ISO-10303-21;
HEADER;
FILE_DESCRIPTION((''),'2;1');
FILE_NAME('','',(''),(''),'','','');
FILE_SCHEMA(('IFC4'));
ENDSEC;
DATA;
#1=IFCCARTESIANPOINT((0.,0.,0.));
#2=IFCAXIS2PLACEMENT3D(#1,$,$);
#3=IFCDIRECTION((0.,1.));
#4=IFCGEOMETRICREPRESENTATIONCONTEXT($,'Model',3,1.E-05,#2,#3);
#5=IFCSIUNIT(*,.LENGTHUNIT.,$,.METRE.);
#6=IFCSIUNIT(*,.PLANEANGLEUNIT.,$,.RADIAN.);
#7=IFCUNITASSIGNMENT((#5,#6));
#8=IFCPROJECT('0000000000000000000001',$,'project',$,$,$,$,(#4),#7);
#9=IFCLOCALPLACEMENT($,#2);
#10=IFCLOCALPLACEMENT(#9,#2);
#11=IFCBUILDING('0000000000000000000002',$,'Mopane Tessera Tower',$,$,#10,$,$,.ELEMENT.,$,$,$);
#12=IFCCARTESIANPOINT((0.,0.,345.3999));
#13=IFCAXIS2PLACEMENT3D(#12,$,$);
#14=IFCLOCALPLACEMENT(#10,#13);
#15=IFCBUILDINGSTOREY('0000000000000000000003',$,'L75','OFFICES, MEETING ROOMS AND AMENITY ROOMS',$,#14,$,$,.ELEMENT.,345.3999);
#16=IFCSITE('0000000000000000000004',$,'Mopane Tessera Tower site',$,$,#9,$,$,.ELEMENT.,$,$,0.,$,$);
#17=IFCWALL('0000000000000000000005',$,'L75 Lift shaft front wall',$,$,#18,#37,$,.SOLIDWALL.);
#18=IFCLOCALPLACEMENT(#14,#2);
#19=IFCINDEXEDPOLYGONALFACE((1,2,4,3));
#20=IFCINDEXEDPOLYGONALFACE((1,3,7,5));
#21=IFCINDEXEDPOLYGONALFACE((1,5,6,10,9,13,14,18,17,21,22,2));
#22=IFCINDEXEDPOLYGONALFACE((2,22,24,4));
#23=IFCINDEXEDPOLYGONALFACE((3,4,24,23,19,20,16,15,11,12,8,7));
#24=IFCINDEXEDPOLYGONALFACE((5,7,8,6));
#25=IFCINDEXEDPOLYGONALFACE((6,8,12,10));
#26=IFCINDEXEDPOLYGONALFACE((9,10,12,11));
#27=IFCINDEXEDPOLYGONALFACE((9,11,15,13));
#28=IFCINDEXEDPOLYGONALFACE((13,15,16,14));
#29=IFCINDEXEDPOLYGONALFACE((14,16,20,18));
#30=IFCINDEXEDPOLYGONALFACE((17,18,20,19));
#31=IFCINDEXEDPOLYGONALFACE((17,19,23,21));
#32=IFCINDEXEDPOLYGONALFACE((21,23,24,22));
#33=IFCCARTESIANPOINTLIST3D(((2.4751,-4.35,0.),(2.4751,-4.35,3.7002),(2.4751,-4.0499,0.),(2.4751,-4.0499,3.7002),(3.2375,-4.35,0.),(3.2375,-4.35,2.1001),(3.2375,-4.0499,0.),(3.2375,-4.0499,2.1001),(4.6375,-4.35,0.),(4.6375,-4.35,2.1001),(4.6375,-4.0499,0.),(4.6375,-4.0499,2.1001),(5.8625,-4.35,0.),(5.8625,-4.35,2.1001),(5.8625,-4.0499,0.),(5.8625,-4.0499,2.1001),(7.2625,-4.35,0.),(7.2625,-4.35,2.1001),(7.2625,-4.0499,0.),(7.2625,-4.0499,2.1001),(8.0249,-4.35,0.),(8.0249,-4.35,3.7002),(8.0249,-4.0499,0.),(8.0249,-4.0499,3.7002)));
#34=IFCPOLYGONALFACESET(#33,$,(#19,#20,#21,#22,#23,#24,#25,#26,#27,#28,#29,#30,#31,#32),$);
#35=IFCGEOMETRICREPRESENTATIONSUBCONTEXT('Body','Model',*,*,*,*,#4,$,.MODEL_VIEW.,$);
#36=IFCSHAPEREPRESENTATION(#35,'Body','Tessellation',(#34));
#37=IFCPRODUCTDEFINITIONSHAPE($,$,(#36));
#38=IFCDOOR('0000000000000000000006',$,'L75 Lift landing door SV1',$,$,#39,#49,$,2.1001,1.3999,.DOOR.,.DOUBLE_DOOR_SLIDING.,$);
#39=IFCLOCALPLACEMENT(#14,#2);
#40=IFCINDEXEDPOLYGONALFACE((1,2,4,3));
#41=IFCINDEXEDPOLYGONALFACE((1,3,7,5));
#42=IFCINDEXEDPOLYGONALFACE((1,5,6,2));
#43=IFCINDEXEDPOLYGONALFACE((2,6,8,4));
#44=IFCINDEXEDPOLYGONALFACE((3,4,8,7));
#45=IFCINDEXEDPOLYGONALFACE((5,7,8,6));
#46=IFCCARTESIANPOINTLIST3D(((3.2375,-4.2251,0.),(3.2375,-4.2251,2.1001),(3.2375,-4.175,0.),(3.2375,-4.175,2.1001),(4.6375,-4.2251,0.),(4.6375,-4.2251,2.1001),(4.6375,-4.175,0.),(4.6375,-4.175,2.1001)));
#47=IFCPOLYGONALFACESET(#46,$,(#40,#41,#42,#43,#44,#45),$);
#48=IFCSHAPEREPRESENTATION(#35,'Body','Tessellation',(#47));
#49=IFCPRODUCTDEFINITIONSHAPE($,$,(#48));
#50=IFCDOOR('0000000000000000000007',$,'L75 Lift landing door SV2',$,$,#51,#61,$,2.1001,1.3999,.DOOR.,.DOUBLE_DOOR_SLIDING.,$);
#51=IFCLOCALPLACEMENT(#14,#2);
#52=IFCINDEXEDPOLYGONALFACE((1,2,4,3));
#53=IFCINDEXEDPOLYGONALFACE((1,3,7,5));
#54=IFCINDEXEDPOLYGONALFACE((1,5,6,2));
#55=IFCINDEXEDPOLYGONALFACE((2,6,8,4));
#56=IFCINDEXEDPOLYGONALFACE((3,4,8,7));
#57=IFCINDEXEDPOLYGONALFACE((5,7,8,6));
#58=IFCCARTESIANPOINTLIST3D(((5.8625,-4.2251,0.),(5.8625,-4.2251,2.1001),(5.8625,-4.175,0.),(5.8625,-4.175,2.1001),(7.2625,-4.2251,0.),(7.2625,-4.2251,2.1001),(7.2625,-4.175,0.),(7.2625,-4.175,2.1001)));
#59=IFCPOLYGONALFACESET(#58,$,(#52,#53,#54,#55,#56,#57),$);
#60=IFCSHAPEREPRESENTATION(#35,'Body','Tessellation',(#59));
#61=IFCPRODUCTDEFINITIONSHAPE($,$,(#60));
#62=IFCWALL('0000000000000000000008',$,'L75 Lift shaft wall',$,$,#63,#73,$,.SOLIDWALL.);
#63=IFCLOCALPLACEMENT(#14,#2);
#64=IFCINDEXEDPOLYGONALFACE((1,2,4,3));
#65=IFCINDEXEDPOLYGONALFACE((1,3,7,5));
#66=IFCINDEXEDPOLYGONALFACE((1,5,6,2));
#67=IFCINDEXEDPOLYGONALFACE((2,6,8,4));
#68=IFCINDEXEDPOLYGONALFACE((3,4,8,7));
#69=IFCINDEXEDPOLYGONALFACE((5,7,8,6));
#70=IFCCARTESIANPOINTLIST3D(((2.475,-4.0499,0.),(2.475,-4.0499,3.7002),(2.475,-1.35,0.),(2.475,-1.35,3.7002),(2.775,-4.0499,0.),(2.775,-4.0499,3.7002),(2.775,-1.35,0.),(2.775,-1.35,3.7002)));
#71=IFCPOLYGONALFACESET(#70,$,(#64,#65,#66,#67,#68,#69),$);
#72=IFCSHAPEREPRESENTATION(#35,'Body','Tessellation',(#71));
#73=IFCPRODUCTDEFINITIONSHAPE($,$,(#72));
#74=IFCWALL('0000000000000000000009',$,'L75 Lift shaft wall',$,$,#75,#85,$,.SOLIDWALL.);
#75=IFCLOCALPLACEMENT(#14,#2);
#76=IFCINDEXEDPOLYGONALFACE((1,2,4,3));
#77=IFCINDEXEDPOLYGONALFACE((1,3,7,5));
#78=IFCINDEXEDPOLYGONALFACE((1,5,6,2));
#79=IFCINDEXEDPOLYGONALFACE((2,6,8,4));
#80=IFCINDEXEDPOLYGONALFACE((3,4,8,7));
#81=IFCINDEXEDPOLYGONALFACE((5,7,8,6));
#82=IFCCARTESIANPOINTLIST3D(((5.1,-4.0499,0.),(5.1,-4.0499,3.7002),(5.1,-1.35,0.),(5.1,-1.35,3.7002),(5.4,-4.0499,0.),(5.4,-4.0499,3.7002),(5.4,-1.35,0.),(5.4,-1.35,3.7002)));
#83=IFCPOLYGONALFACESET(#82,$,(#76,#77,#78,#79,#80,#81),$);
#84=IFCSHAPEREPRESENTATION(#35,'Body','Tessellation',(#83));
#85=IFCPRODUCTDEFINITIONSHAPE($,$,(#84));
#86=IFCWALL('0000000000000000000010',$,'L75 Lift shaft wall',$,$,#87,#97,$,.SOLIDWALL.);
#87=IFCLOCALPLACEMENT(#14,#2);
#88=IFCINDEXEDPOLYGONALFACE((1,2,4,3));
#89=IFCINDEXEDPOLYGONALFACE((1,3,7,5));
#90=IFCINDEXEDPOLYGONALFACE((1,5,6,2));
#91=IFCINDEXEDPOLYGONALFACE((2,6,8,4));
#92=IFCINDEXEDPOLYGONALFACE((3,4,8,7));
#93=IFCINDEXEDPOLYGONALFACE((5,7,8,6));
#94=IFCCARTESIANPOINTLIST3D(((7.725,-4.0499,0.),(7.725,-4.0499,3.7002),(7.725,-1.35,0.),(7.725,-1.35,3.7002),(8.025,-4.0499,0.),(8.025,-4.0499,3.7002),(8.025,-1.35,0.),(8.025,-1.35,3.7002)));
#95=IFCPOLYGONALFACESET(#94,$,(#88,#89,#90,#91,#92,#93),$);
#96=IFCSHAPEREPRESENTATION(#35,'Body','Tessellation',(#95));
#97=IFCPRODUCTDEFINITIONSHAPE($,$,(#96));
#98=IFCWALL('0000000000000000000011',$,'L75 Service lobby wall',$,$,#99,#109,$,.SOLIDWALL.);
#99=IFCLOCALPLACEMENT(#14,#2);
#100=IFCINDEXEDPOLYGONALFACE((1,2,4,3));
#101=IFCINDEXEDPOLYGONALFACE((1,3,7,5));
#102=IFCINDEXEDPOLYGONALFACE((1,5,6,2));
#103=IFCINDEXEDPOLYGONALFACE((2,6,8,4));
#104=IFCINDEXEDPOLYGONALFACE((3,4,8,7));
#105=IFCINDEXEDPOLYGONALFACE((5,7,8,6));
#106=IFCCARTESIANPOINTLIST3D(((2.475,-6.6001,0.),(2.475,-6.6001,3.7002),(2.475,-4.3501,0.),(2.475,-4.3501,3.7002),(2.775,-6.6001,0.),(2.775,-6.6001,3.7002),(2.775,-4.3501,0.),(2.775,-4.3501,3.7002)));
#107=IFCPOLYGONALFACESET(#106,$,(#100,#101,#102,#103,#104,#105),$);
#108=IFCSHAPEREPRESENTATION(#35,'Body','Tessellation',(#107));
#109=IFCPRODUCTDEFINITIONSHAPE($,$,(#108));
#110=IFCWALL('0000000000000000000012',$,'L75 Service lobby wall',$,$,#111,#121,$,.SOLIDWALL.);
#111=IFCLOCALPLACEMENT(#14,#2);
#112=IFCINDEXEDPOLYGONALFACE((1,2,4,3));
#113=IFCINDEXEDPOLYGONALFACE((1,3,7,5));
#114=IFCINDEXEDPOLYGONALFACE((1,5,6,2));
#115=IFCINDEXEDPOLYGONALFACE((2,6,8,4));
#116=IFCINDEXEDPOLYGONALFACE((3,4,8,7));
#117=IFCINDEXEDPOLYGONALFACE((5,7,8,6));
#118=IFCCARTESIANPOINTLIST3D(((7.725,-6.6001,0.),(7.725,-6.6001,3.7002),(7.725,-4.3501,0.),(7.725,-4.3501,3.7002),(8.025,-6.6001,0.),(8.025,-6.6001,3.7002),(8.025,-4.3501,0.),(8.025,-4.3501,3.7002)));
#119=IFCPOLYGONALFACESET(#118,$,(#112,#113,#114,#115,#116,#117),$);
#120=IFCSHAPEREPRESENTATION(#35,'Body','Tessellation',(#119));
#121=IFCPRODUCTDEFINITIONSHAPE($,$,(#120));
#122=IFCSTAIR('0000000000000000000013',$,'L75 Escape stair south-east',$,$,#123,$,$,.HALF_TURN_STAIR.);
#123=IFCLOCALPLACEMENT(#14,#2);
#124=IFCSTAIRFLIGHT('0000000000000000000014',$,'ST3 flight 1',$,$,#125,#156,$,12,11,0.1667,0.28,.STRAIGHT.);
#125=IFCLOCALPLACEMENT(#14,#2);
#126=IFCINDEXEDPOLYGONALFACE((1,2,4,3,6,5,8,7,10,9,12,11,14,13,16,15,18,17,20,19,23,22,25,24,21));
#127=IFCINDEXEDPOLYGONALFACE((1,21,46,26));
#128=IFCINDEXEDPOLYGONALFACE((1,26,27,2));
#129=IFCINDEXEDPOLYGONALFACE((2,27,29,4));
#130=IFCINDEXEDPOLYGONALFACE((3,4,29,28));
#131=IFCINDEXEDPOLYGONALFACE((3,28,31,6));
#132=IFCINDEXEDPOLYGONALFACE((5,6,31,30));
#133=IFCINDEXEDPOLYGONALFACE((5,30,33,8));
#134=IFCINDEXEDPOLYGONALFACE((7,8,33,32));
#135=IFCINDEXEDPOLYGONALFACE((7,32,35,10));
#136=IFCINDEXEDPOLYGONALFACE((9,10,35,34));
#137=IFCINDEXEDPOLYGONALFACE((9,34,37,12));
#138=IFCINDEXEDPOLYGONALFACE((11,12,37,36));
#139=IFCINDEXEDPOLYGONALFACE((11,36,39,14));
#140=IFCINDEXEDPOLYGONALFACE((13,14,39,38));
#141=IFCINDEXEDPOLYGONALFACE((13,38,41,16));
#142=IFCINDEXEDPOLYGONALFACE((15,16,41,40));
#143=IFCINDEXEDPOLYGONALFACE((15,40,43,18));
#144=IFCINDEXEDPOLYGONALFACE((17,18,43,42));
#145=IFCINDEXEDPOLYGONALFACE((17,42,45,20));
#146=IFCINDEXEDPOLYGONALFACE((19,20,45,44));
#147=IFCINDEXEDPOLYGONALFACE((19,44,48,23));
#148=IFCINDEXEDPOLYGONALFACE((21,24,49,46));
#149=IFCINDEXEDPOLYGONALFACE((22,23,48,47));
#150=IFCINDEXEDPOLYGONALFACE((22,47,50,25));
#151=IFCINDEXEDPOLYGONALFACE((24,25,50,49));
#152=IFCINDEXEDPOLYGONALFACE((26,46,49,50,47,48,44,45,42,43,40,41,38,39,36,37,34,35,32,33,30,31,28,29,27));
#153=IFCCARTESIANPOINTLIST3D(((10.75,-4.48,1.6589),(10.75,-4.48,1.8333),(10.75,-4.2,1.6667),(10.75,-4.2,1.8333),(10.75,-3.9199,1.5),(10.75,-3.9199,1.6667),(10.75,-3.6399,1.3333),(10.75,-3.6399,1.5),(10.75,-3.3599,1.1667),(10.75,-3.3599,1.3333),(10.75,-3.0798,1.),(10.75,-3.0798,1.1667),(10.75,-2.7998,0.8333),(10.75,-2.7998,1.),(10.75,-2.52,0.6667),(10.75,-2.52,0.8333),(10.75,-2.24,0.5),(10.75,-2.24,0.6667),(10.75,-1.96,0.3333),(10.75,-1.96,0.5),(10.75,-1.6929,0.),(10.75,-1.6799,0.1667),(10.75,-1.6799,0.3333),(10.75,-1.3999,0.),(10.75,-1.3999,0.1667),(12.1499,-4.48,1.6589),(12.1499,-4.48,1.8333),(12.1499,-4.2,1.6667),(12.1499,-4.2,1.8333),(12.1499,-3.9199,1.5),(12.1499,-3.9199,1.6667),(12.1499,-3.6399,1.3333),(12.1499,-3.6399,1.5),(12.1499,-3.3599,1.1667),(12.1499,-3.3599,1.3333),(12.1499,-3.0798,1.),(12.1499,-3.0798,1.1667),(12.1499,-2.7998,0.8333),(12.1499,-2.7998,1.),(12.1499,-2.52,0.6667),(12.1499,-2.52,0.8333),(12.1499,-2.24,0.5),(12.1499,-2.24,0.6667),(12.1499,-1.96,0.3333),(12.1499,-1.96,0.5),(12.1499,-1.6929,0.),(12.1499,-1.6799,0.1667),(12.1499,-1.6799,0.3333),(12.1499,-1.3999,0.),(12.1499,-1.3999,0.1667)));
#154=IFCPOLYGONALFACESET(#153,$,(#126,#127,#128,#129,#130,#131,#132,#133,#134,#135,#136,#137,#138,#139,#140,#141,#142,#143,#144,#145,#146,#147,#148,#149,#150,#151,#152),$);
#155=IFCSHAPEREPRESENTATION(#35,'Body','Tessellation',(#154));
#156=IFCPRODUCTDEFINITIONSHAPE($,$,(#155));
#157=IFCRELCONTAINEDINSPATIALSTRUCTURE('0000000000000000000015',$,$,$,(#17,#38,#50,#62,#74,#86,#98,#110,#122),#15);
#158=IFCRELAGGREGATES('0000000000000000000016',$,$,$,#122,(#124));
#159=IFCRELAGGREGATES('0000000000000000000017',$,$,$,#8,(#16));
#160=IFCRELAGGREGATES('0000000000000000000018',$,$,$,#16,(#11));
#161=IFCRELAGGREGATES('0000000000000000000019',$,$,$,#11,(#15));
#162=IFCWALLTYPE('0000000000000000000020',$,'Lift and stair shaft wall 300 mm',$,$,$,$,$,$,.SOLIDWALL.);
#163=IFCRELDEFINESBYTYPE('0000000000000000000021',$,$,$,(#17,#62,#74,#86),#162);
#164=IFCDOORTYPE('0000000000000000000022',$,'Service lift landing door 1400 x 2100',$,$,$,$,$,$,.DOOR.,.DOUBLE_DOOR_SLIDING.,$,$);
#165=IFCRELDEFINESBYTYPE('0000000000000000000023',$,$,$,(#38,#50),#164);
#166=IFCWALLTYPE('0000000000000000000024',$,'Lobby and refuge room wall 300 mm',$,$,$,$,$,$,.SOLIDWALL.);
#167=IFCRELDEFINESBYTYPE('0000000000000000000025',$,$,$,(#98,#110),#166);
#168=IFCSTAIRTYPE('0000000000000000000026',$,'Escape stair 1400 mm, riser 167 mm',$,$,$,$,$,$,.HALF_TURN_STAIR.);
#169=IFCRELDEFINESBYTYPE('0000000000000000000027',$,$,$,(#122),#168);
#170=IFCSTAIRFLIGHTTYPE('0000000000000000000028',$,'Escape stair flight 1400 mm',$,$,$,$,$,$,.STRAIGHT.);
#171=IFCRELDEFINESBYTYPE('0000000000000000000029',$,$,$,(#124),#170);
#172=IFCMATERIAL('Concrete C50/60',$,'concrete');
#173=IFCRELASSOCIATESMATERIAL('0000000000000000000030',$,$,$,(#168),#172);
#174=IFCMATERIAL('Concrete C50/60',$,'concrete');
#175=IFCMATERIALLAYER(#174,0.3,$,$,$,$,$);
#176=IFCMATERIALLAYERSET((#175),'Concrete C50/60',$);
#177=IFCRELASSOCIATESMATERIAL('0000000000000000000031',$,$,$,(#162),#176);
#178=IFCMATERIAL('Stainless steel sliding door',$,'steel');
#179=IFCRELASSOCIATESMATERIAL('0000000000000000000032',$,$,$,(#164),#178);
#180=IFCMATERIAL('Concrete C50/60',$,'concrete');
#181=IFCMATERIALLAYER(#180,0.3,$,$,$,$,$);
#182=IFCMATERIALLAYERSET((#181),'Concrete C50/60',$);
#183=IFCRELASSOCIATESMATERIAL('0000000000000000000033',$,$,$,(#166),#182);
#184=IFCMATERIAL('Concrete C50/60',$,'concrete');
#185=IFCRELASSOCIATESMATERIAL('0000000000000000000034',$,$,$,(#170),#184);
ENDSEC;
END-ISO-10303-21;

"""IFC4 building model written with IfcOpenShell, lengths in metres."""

from ifc_helpers import new_model, si_unit, direction, frame, frame_2d, origin, place, context, subcontext, project, spatial, polyline, rectangle, outline, extrude, material, layer, layer_set, type_object, element, fill, aggregate, save


model = new_model("IFC4")

# Units and contexts
model_context = context("Model", 3, precision=1e-05, world=origin(), true_north=direction((0.0, 1.0)))
body_context = subcontext(model_context, "Body", "Model", "MODEL_VIEW")
ifc_project = project(units=[si_unit("LENGTHUNIT", "METRE"), si_unit("PLANEANGLEUNIT", "RADIAN")], contexts=[model_context])

# Site, building, storey
site_placement = place(None, origin())
site = spatial("IfcSite", under=ifc_project, at=site_placement, Name="Mopane Tessera Tower site", CompositionType="ELEMENT", RefElevation=0.0)
building_placement = place(site_placement, origin())
building = spatial("IfcBuilding", under=site, at=building_placement, Name="Mopane Tessera Tower", CompositionType="ELEMENT")
storey_placement = place(building_placement, frame((0.0, 0.0, 345.3999)))
storey = spatial("IfcBuildingStorey", under=building, at=storey_placement, Name="L75", Description="OFFICES, MEETING ROOMS AND AMENITY ROOMS", CompositionType="ELEMENT", Elevation=345.3999)

# Shared definitions
ifc_material_1 = material(Name="Concrete C50/60", Category="concrete")
stair_type = type_object("IfcStairType", Name="Escape stair 1400 mm, riser 167 mm", PredefinedType="HALF_TURN_STAIR", material=ifc_material_1)

# Wall, openings, doors
ifc_material_2 = material(Name="Concrete C50/60", Category="concrete")
ifc_layer_1 = layer(ifc_material_2, 0.3)
ifc_layer_set_1 = layer_set([ifc_layer_1], Name="Concrete C50/60")
wall_type_1 = type_object("IfcWallType", Name="Lift and stair shaft wall 300 mm", PredefinedType="SOLIDWALL", material=ifc_layer_set_1)
wall_1_placement = place(storey_placement, frame((2.4751, -4.2, 0.0), z_axis=(0.0, 0.0, 1.0), x_axis=(1.0, 0.0, 0.0)))
wall_1 = element("IfcWall", 1, at=wall_1_placement, inside=storey, type_object=wall_type_1, Name="L75 Lift shaft front wall", PredefinedType="SOLIDWALL", context=body_context, shape_type="SweptSolid", body=[
    extrude(rectangle(XDim=5.5498, YDim=0.3, at=frame_2d((2.7749, 0.0))), origin(), (0.0, 0.0, 1.0), 3.7002),
])
opening_1_placement = place(wall_1_placement, frame((0.7625, 0.0, 0.0)))
opening_1 = element("IfcOpeningElement", 2, at=opening_1_placement, cuts=wall_1, PredefinedType="OPENING", context=body_context, shape_type="SweptSolid", body=[
    extrude(rectangle(XDim=1.3999, YDim=2.1001, at=frame_2d((0.7, 1.05))), frame((0.0, 0.1621, 0.0), z_axis=(0.0, -1.0, 0.0), x_axis=(1.0, 0.0, 0.0)), (0.0, 0.0, 1.0), 0.324),
])
opening_2_placement = place(wall_1_placement, frame((3.3875, 0.0, 0.0)))
opening_2 = element("IfcOpeningElement", 3, at=opening_2_placement, cuts=wall_1, PredefinedType="OPENING", context=body_context, shape_type="SweptSolid", body=[
    extrude(rectangle(XDim=1.3999, YDim=2.1001, at=frame_2d((0.7, 1.05))), frame((0.0, 0.1621, 0.0), z_axis=(0.0, -1.0, 0.0), x_axis=(1.0, 0.0, 0.0)), (0.0, 0.0, 1.0), 0.324),
])
ifc_material_3 = material(Name="Stainless steel sliding door", Category="steel")
door_type = type_object("IfcDoorType", Name="Service lift landing door 1400 x 2100", OperationType="DOUBLE_DOOR_SLIDING", PredefinedType="DOOR", material=ifc_material_3)
door_1_placement = place(opening_1_placement, origin())
door_1 = element("IfcDoor", 4, at=door_1_placement, inside=storey, type_object=door_type, Name="L75 Lift landing door SV1", OperationType="DOUBLE_DOOR_SLIDING", OverallHeight=2.1001, OverallWidth=1.3999, PredefinedType="DOOR", context=body_context, shape_type="SweptSolid", body=[
    extrude(rectangle(XDim=1.3999, YDim=2.1001, at=frame_2d((0.7, 1.05))), frame((0.0, 0.0249, 0.0), z_axis=(0.0, -1.0, 0.0), x_axis=(1.0, 0.0, 0.0)), (0.0, 0.0, 1.0), 0.05),
])
fill(opening_1, door_1)
door_2_placement = place(opening_2_placement, origin())
door_2 = element("IfcDoor", 5, at=door_2_placement, inside=storey, type_object=door_type, Name="L75 Lift landing door SV2", OperationType="DOUBLE_DOOR_SLIDING", OverallHeight=2.1001, OverallWidth=1.3999, PredefinedType="DOOR", context=body_context, shape_type="SweptSolid", body=[
    extrude(rectangle(XDim=1.3999, YDim=2.1001, at=frame_2d((0.7, 1.05))), frame((0.0, 0.0249, 0.0), z_axis=(0.0, -1.0, 0.0), x_axis=(1.0, 0.0, 0.0)), (0.0, 0.0, 1.0), 0.05),
])
fill(opening_2, door_2)

# Walls
for number, where, z_axis, x_axis, name in (
    (6, (2.625, -4.05, 0.0), (0.0, 0.0, 1.0), (0.0, 1.0, 0.0), "L75 Lift shaft wall"),
    (7, (5.25, -4.05, 0.0), (0.0, 0.0, 1.0), (0.0, 1.0, 0.0), "L75 Lift shaft wall"),
    (8, (7.875, -4.05, 0.0), (0.0, 0.0, 1.0), (0.0, 1.0, 0.0), "L75 Lift shaft wall"),
):
    element("IfcWall", number, at=place(storey_placement, frame(where, z_axis=z_axis, x_axis=x_axis)), inside=storey, type_object=wall_type_1, Name=name, PredefinedType="SOLIDWALL", context=body_context, shape_type="SweptSolid", body=[
        extrude(rectangle(XDim=2.7, YDim=0.3, at=frame_2d((1.3501, 0.0))), origin(), (0.0, 0.0, 1.0), 3.7002),
    ])
ifc_material_4 = material(Name="Concrete C50/60", Category="concrete")
ifc_layer_2 = layer(ifc_material_4, 0.3)
ifc_layer_set_2 = layer_set([ifc_layer_2], Name="Concrete C50/60")
wall_type_2 = type_object("IfcWallType", Name="Lobby and refuge room wall 300 mm", PredefinedType="SOLIDWALL", material=ifc_layer_set_2)
for number, where, z_axis, x_axis, name in (
    (9, (2.625, -6.6001, 0.0), (0.0, 0.0, 1.0), (0.0, 1.0, 0.0), "L75 Service lobby wall"),
    (10, (7.875, -6.6001, 0.0), (0.0, 0.0, 1.0), (0.0, 1.0, 0.0), "L75 Service lobby wall"),
):
    element("IfcWall", number, at=place(storey_placement, frame(where, z_axis=z_axis, x_axis=x_axis)), inside=storey, type_object=wall_type_2, Name=name, PredefinedType="SOLIDWALL", context=body_context, shape_type="SweptSolid", body=[
        extrude(rectangle(XDim=2.25, YDim=0.3, at=frame_2d((1.125, 0.0))), origin(), (0.0, 0.0, 1.0), 3.7002),
    ])

# Stair, stair flight
stair_1_placement = place(storey_placement, origin())
stair_1 = element("IfcStair", 11, at=stair_1_placement, inside=storey, type_object=stair_type, Name="L75 Escape stair south-east", PredefinedType="HALF_TURN_STAIR")
ifc_material_5 = material(Name="Concrete C50/60", Category="concrete")
stair_flight_type = type_object("IfcStairFlightType", Name="Escape stair flight 1400 mm", PredefinedType="STRAIGHT", material=ifc_material_5)
stair_flight_placement = place(storey_placement, frame((11.45, -1.3999, 0.0), z_axis=(0.0, 0.0, 1.0), x_axis=(0.0, -1.0, 0.0)))
stair_flight = element("IfcStairFlight", 12, at=stair_flight_placement, type_object=stair_flight_type, Name="ST3 flight 1", NumberOfRisers=12, NumberOfTreads=11, PredefinedType="STRAIGHT", RiserHeight=0.1667, TreadLength=0.28, context=body_context, shape_type="SweptSolid", body=[
    extrude(outline(polyline([(0.0, 0.0), (0.0, 0.1667), (0.28, 0.1667), (0.28, 0.3333), (0.5601, 0.3333), (0.5601, 0.5), (0.8401, 0.5), (0.8401, 0.6667), (1.1201, 0.6667), (1.1201, 0.8333), (1.3999, 0.8333), (1.3999, 1.0), (1.6799, 1.0), (1.6799, 1.1667), (1.96, 1.1667), (1.96, 1.3333), (2.24, 1.3333), (2.24, 1.5), (2.52, 1.5), (2.52, 1.6667), (2.8, 1.6667), (2.8, 1.8333), (3.0801, 1.8333), (3.0801, 2.0), (3.0801, 1.6589), (0.293, 0.0), (0.0, 0.0)])), frame((0.0, 0.7, 0.0), z_axis=(0.0, -1.0, 0.0), x_axis=(1.0, 0.0, 0.0)), (0.0, 0.0, 1.0), 1.3999),
])
aggregate(stair_1, [stair_flight])

save(model, "model.ifc")
